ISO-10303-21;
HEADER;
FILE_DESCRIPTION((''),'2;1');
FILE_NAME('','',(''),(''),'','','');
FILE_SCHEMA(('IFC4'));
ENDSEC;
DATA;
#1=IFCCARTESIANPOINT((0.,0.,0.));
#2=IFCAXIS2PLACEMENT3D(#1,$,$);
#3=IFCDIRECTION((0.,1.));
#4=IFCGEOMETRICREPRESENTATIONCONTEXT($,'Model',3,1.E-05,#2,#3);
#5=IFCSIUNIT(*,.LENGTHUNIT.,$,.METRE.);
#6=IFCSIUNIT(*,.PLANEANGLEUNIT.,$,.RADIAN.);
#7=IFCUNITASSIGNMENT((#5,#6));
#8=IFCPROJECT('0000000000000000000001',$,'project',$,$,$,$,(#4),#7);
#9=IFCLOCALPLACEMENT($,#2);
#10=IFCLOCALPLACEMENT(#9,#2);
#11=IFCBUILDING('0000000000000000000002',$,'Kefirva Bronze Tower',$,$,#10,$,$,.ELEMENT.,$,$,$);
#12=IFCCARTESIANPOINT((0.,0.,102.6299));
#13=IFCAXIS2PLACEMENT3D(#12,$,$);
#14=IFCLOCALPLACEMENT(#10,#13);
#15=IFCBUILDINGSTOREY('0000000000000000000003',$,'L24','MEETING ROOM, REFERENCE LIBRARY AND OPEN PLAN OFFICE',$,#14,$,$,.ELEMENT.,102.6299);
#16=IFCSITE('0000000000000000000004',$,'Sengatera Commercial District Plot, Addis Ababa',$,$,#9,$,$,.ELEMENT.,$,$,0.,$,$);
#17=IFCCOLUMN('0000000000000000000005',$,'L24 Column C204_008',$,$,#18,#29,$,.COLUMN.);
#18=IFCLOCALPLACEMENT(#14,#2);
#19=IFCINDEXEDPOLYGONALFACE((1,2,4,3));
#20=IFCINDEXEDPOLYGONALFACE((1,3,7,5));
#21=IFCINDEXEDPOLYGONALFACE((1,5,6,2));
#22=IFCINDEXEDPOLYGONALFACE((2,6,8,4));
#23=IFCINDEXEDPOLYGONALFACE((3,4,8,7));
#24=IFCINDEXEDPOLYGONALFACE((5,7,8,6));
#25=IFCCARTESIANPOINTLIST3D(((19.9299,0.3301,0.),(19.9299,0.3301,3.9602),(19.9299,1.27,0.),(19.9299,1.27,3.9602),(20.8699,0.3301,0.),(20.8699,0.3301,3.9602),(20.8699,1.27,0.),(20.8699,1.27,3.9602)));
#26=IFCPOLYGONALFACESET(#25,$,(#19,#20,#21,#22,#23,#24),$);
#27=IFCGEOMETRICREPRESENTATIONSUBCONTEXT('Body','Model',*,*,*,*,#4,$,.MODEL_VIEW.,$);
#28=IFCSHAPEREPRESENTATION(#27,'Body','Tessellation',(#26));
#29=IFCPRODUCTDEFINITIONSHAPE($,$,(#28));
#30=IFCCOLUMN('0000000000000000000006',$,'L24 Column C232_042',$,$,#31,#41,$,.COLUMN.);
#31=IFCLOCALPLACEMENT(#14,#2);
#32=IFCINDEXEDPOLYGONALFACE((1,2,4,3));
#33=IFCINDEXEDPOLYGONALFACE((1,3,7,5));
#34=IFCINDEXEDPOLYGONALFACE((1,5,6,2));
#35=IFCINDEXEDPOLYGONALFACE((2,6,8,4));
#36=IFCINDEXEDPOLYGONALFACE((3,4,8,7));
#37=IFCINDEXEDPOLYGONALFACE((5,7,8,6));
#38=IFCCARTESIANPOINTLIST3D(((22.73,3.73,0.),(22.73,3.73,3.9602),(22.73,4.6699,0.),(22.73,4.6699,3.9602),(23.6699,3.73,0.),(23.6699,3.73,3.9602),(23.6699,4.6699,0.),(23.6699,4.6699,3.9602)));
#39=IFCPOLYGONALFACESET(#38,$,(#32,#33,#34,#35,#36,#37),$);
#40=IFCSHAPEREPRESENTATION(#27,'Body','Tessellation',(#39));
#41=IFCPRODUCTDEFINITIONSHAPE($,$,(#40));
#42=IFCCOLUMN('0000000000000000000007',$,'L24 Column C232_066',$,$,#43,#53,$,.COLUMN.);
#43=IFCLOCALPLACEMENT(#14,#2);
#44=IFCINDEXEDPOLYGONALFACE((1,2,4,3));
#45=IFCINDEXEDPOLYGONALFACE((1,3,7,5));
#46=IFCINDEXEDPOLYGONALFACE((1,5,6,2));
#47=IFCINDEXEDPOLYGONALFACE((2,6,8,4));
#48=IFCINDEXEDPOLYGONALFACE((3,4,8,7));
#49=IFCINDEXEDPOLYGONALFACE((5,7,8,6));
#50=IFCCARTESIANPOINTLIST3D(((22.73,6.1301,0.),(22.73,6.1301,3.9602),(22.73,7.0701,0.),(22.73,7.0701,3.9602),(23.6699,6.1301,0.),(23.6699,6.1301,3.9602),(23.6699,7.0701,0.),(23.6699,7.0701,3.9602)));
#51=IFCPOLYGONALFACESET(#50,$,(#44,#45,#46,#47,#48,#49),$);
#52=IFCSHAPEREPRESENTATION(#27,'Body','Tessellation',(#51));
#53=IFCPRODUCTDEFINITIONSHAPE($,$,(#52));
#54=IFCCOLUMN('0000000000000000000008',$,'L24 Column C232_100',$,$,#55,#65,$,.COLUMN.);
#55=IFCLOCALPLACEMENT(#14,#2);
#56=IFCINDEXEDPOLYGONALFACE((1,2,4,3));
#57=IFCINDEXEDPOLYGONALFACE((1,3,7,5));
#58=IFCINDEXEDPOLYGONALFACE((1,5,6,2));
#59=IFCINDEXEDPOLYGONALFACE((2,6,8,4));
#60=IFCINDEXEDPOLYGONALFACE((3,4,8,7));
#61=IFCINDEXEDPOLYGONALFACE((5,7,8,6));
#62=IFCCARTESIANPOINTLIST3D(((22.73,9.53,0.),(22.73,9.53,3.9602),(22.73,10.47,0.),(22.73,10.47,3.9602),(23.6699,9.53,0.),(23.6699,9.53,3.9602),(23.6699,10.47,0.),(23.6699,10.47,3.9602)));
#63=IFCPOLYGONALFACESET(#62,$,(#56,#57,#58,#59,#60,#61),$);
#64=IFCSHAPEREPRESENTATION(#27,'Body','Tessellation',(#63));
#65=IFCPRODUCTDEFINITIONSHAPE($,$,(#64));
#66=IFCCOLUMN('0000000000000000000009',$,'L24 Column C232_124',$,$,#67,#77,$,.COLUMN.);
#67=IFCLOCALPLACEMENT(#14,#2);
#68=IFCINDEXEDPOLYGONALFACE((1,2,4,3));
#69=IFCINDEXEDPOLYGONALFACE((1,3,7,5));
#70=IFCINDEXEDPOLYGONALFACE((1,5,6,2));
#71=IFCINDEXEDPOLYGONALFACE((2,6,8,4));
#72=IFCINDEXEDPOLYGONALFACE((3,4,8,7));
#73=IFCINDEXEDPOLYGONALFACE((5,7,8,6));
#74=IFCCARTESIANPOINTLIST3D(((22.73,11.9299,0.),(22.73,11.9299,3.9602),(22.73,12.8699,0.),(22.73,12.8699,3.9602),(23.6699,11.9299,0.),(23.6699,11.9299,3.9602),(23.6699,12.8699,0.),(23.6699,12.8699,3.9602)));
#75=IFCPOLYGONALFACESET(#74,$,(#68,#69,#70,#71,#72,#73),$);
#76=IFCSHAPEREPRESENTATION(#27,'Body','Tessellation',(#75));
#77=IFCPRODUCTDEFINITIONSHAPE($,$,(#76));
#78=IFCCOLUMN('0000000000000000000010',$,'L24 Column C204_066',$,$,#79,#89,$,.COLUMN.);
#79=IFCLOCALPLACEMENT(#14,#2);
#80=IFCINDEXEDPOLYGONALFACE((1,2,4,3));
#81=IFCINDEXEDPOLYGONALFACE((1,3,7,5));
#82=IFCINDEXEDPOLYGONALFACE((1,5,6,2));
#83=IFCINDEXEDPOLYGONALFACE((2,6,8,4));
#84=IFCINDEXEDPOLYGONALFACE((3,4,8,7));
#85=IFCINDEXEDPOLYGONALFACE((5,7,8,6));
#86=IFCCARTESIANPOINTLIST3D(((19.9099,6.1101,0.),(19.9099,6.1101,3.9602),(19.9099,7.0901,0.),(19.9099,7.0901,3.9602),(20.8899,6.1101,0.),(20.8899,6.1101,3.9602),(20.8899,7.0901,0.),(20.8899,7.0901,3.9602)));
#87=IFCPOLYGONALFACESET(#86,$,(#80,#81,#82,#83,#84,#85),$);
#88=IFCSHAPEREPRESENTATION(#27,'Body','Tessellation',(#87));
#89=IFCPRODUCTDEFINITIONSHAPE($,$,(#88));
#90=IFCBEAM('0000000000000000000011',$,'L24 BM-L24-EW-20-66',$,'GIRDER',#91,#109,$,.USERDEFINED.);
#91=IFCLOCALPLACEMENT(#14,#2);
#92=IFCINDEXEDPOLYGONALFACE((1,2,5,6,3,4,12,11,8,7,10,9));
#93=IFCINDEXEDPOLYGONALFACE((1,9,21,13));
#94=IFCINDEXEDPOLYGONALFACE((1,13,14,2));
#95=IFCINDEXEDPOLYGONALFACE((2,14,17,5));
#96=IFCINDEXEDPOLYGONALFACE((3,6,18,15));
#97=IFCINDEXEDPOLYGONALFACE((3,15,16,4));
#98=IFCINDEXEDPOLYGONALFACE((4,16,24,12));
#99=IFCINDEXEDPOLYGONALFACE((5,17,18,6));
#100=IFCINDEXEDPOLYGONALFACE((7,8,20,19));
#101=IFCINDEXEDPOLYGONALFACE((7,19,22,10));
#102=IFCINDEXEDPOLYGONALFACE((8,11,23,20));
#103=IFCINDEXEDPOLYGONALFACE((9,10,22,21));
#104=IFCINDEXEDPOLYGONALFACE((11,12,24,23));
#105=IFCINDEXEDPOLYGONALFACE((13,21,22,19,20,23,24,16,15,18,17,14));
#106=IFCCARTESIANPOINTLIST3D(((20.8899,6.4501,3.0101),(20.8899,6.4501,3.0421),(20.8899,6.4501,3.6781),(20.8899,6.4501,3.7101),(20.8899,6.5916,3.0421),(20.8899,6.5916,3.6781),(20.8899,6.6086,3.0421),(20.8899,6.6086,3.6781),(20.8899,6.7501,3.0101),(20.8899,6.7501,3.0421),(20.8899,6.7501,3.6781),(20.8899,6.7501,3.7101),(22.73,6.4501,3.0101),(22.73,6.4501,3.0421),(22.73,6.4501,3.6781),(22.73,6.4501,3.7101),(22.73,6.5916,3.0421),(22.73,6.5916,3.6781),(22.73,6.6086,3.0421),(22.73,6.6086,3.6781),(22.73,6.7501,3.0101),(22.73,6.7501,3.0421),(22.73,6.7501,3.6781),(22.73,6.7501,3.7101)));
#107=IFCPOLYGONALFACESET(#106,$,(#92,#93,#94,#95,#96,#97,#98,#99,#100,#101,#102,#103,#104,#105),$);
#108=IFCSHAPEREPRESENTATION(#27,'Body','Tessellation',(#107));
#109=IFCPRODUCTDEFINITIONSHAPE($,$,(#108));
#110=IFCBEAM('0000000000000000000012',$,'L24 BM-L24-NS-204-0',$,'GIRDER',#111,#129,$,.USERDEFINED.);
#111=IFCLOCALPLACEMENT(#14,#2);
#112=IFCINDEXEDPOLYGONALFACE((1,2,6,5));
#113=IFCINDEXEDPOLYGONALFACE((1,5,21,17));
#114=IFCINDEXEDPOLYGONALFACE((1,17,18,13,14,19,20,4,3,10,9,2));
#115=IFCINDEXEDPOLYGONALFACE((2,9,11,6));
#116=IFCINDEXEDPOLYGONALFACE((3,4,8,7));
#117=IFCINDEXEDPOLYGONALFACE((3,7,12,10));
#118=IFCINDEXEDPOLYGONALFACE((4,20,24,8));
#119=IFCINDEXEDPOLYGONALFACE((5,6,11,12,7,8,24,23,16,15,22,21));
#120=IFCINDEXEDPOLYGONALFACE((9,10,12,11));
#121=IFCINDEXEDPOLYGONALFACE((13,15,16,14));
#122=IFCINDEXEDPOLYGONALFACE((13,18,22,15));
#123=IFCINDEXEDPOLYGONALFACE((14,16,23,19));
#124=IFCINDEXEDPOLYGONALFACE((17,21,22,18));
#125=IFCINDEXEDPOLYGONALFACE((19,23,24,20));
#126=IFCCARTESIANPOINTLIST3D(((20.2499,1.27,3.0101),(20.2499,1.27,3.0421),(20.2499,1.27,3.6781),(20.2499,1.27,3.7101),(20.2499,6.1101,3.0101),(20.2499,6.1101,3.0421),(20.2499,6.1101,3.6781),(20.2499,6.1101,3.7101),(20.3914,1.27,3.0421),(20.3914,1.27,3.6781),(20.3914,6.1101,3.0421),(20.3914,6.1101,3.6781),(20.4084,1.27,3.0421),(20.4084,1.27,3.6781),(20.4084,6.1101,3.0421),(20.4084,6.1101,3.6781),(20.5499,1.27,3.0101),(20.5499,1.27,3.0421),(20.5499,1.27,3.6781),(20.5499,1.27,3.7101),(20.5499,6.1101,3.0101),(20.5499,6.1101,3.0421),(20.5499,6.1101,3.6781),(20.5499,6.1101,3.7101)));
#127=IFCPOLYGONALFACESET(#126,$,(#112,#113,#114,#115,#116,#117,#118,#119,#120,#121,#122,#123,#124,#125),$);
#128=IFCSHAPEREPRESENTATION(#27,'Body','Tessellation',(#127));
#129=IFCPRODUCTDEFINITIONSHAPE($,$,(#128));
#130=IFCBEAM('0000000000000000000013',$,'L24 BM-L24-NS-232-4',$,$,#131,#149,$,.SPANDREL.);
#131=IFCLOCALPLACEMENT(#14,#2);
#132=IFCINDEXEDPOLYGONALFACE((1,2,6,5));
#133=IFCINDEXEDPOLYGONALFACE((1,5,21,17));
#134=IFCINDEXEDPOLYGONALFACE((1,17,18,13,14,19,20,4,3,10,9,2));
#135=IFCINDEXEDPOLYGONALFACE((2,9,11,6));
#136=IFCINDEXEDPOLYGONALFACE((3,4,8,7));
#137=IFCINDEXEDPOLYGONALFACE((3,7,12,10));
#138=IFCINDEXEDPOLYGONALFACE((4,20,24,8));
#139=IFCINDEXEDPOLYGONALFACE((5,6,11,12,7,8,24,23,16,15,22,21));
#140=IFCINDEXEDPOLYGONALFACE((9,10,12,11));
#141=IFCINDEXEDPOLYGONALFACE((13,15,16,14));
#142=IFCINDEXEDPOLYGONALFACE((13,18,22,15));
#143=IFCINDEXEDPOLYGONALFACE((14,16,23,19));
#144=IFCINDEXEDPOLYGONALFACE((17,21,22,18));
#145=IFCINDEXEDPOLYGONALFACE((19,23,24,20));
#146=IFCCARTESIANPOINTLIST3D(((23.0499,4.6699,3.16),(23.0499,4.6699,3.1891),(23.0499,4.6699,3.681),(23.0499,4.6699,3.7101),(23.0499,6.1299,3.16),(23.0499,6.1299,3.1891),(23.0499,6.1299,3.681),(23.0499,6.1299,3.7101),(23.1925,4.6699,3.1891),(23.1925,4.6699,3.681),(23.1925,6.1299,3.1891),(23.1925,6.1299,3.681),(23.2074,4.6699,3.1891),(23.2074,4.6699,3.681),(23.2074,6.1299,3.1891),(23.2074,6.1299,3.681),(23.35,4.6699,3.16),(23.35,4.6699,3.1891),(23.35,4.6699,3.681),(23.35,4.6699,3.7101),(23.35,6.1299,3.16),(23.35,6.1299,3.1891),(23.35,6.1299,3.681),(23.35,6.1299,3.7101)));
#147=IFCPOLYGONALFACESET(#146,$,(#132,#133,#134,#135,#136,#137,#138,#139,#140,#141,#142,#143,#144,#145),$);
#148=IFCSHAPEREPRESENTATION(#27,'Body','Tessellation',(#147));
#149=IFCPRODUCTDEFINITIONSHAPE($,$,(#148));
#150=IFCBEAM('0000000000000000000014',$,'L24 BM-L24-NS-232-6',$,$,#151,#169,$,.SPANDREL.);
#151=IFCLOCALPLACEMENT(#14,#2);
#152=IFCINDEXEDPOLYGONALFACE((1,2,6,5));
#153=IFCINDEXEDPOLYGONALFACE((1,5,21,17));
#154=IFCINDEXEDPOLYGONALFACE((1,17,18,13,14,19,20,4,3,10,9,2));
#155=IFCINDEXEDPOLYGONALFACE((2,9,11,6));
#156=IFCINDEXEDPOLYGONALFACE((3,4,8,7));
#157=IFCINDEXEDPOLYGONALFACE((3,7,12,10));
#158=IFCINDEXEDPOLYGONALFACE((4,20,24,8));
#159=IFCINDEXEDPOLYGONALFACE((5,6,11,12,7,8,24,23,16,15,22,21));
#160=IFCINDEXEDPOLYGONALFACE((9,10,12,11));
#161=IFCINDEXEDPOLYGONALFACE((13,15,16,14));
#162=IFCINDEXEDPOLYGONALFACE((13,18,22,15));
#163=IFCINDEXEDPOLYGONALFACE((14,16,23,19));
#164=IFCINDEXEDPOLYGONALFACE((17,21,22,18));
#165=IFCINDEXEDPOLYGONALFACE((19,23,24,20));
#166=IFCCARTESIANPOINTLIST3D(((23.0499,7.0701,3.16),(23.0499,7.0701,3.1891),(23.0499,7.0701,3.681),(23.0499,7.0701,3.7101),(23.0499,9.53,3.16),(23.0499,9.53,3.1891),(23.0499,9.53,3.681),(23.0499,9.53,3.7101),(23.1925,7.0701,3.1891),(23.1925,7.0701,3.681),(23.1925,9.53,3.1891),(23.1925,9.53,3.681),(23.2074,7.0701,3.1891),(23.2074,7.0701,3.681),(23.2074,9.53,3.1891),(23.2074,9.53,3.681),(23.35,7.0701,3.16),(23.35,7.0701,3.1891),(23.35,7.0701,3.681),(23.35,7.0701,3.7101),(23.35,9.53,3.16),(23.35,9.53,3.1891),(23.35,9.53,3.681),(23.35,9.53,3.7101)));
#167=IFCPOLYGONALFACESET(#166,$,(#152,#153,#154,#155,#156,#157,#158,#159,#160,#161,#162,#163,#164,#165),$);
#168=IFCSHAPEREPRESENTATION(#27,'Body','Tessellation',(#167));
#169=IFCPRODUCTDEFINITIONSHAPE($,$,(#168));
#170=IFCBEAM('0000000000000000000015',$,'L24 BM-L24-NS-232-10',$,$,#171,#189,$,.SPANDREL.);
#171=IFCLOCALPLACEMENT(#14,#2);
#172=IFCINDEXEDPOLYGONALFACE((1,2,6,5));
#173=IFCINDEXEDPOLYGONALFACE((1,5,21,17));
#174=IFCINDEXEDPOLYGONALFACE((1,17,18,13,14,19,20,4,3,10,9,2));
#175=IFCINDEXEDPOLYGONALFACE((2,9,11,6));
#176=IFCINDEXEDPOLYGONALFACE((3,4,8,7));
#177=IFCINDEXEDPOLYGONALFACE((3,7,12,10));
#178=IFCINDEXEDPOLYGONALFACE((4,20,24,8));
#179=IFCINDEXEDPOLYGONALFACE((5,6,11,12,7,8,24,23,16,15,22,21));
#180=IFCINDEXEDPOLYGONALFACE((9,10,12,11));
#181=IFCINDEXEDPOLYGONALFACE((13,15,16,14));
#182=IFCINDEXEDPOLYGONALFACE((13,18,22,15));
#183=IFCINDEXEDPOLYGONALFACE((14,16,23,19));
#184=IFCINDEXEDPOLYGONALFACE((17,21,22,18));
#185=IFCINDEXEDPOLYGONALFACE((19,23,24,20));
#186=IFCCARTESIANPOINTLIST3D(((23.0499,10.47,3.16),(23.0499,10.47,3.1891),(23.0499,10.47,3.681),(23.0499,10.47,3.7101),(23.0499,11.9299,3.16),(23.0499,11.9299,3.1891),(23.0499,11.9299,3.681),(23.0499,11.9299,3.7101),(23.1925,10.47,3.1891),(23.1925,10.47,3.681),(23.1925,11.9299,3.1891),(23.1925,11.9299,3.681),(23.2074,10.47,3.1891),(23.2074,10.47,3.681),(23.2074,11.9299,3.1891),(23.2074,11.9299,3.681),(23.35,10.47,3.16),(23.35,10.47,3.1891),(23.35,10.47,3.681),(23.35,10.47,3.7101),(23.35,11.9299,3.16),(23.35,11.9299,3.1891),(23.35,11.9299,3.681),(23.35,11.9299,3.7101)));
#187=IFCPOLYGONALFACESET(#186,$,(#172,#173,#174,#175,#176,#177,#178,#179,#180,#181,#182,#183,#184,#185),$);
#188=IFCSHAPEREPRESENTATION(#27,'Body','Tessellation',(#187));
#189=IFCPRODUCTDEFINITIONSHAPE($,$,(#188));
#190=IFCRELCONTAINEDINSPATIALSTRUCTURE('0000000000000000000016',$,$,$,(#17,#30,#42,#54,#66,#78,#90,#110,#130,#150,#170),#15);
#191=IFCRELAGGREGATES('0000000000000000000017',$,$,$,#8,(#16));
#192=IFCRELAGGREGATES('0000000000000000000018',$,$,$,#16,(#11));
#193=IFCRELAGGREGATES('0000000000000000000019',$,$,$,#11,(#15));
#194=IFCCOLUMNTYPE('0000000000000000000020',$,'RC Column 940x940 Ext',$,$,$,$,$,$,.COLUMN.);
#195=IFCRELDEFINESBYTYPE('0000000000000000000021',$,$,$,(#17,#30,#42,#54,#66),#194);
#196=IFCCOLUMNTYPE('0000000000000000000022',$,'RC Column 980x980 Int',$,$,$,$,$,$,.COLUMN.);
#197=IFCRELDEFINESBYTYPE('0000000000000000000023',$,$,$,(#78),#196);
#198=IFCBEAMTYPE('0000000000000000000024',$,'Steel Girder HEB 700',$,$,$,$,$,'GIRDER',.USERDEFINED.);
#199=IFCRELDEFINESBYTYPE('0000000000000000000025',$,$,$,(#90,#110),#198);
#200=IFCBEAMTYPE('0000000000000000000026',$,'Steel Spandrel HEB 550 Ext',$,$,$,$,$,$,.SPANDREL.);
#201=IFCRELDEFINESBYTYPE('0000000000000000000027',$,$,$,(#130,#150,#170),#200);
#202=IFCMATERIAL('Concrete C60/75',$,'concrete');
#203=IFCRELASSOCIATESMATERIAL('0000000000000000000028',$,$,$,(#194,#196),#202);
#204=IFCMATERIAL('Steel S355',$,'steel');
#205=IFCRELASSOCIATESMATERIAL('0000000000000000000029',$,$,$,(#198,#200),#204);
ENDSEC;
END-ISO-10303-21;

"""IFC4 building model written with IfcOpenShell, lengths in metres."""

from ifc_helpers import new_model, si_unit, direction, frame, origin, origin_2d, place, context, subcontext, project, spatial, rectangle, i_section, extrude, material, material_profile, profile_set, type_object, element, save


model = new_model("IFC4")

# Units and contexts
model_context = context("Model", 3, precision=1e-05, world=origin(), true_north=direction((0.0, 1.0)))
body_context = subcontext(model_context, "Body", "Model", "MODEL_VIEW")
ifc_project = project(units=[si_unit("LENGTHUNIT", "METRE"), si_unit("PLANEANGLEUNIT", "RADIAN")], contexts=[model_context])

# Site, building, storey
site_placement = place(None, origin())
site = spatial("IfcSite", under=ifc_project, at=site_placement, Name="Sengatera Commercial District Plot, Addis Ababa", CompositionType="ELEMENT", RefElevation=0.0)
building_placement = place(site_placement, origin())
building = spatial("IfcBuilding", under=site, at=building_placement, Name="Kefirva Bronze Tower", CompositionType="ELEMENT")
storey_placement = place(building_placement, frame((0.0, 0.0, 102.6299)))
storey = spatial("IfcBuildingStorey", under=building, at=storey_placement, Name="L24", Description="MEETING ROOM, REFERENCE LIBRARY AND OPEN PLAN OFFICE", CompositionType="ELEMENT", Elevation=102.6299)

# Columns
ifc_material_1 = material(Name="Concrete C60/75", Category="concrete")
ifc_material_profile_1 = material_profile(ifc_material_1, rectangle(XDim=0.9399, YDim=0.9399, at=origin_2d()), Name="RC 940x940")
ifc_profile_set_1 = profile_set([ifc_material_profile_1], Name="Concrete C60/75")
column_type_1 = type_object("IfcColumnType", Name="RC Column 940x940 Ext", PredefinedType="COLUMN", material=ifc_profile_set_1)
for number, where, z_axis, x_axis, name in (
    (1, (20.3999, 0.8, 0.0), (0.0, 0.0, 1.0), (1.0, 0.0, 0.0), "L24 Column C204_008"),
    (2, (23.2, 4.2, 0.0), (0.0, 0.0, 1.0), (1.0, 0.0, 0.0), "L24 Column C232_042"),
    (3, (23.2, 6.6001, 0.0), (0.0, 0.0, 1.0), (1.0, 0.0, 0.0), "L24 Column C232_066"),
    (4, (23.2, 10.0, 0.0), (0.0, 0.0, 1.0), (1.0, 0.0, 0.0), "L24 Column C232_100"),
    (5, (23.2, 12.3999, 0.0), (0.0, 0.0, 1.0), (1.0, 0.0, 0.0), "L24 Column C232_124"),
):
    element("IfcColumn", number, at=place(storey_placement, frame(where, z_axis=z_axis, x_axis=x_axis)), inside=storey, type_object=column_type_1, Name=name, PredefinedType="COLUMN", context=body_context, shape_type="SweptSolid", body=[
        extrude(rectangle(XDim=0.9399, YDim=0.9399, at=origin_2d()), origin(), (0.0, 0.0, 1.0), 3.9602),
    ])
ifc_material_profile_2 = material_profile(ifc_material_1, rectangle(XDim=0.98, YDim=0.98, at=origin_2d()), Name="RC 980x980")
ifc_profile_set_2 = profile_set([ifc_material_profile_2], Name="Concrete C60/75")
column_type_2 = type_object("IfcColumnType", Name="RC Column 980x980 Int", PredefinedType="COLUMN", material=ifc_profile_set_2)
column_placement = place(storey_placement, frame((20.3999, 6.6001, 0.0), z_axis=(0.0, 0.0, 1.0), x_axis=(1.0, 0.0, 0.0)))
element("IfcColumn", 6, at=column_placement, inside=storey, type_object=column_type_2, Name="L24 Column C204_066", PredefinedType="COLUMN", context=body_context, shape_type="SweptSolid", body=[
    extrude(rectangle(XDim=0.98, YDim=0.98, at=origin_2d()), origin(), (0.0, 0.0, 1.0), 3.9602),
])

# Beams
ifc_material_2 = material(Name="Steel S355", Category="steel")
ifc_material_profile_3 = material_profile(ifc_material_2, i_section(OverallWidth=0.3, OverallDepth=0.7, WebThickness=0.0171, FlangeThickness=0.032, at=origin_2d()), Name="HEB 700")
ifc_profile_set_3 = profile_set([ifc_material_profile_3], Name="Steel S355")
beam_type_1 = type_object("IfcBeamType", Name="Steel Girder HEB 700", ElementType="GIRDER", PredefinedType="USERDEFINED", material=ifc_profile_set_3)
beam_1_placement = place(storey_placement, frame((20.8899, 6.6001, 3.3601), z_axis=(1.0, 0.0, 0.0), x_axis=(0.0, 1.0, 0.0)))
element("IfcBeam", 7, at=beam_1_placement, inside=storey, type_object=beam_type_1, Name="L24 BM-L24-EW-20-66", ObjectType="GIRDER", PredefinedType="USERDEFINED", context=body_context, shape_type="SweptSolid", body=[
    extrude(i_section(OverallWidth=0.3, OverallDepth=0.7, WebThickness=0.0171, FlangeThickness=0.032, at=origin_2d()), origin(), (0.0, 0.0, 1.0), 1.8401),
])
beam_2_placement = place(storey_placement, frame((20.3999, 1.27, 3.3601), z_axis=(0.0, 1.0, 0.0), x_axis=(-1.0, 0.0, 0.0)))
element("IfcBeam", 8, at=beam_2_placement, inside=storey, type_object=beam_type_1, Name="L24 BM-L24-NS-204-0", ObjectType="GIRDER", PredefinedType="USERDEFINED", context=body_context, shape_type="SweptSolid", body=[
    extrude(i_section(OverallWidth=0.3, OverallDepth=0.7, WebThickness=0.0171, FlangeThickness=0.032, at=origin_2d()), origin(), (0.0, 0.0, 1.0), 4.8401),
])
ifc_material_profile_4 = material_profile(ifc_material_2, i_section(OverallWidth=0.3, OverallDepth=0.55, WebThickness=0.0149, FlangeThickness=0.0291, at=origin_2d()), Name="HEB 550")
ifc_profile_set_4 = profile_set([ifc_material_profile_4], Name="Steel S355")
beam_type_2 = type_object("IfcBeamType", Name="Steel Spandrel HEB 550 Ext", PredefinedType="SPANDREL", material=ifc_profile_set_4)
beam_3_placement = place(storey_placement, frame((23.2, 4.6699, 3.4351), z_axis=(0.0, 1.0, 0.0), x_axis=(-1.0, 0.0, 0.0)))
element("IfcBeam", 9, at=beam_3_placement, inside=storey, type_object=beam_type_2, Name="L24 BM-L24-NS-232-4", PredefinedType="SPANDREL", context=body_context, shape_type="SweptSolid", body=[
    extrude(i_section(OverallWidth=0.3, OverallDepth=0.55, WebThickness=0.0149, FlangeThickness=0.0291, at=origin_2d()), origin(), (0.0, 0.0, 1.0), 1.46),
])
beam_4_placement = place(storey_placement, frame((23.2, 7.0701, 3.4351), z_axis=(0.0, 1.0, 0.0), x_axis=(-1.0, 0.0, 0.0)))
element("IfcBeam", 10, at=beam_4_placement, inside=storey, type_object=beam_type_2, Name="L24 BM-L24-NS-232-6", PredefinedType="SPANDREL", context=body_context, shape_type="SweptSolid", body=[
    extrude(i_section(OverallWidth=0.3, OverallDepth=0.55, WebThickness=0.0149, FlangeThickness=0.0291, at=origin_2d()), origin(), (0.0, 0.0, 1.0), 2.46),
])
beam_5_placement = place(storey_placement, frame((23.2, 10.47, 3.4351), z_axis=(0.0, 1.0, 0.0), x_axis=(-1.0, 0.0, 0.0)))
element("IfcBeam", 11, at=beam_5_placement, inside=storey, type_object=beam_type_2, Name="L24 BM-L24-NS-232-10", PredefinedType="SPANDREL", context=body_context, shape_type="SweptSolid", body=[
    extrude(i_section(OverallWidth=0.3, OverallDepth=0.55, WebThickness=0.0149, FlangeThickness=0.0291, at=origin_2d()), origin(), (0.0, 0.0, 1.0), 1.46),
])

save(model, "model.ifc")
